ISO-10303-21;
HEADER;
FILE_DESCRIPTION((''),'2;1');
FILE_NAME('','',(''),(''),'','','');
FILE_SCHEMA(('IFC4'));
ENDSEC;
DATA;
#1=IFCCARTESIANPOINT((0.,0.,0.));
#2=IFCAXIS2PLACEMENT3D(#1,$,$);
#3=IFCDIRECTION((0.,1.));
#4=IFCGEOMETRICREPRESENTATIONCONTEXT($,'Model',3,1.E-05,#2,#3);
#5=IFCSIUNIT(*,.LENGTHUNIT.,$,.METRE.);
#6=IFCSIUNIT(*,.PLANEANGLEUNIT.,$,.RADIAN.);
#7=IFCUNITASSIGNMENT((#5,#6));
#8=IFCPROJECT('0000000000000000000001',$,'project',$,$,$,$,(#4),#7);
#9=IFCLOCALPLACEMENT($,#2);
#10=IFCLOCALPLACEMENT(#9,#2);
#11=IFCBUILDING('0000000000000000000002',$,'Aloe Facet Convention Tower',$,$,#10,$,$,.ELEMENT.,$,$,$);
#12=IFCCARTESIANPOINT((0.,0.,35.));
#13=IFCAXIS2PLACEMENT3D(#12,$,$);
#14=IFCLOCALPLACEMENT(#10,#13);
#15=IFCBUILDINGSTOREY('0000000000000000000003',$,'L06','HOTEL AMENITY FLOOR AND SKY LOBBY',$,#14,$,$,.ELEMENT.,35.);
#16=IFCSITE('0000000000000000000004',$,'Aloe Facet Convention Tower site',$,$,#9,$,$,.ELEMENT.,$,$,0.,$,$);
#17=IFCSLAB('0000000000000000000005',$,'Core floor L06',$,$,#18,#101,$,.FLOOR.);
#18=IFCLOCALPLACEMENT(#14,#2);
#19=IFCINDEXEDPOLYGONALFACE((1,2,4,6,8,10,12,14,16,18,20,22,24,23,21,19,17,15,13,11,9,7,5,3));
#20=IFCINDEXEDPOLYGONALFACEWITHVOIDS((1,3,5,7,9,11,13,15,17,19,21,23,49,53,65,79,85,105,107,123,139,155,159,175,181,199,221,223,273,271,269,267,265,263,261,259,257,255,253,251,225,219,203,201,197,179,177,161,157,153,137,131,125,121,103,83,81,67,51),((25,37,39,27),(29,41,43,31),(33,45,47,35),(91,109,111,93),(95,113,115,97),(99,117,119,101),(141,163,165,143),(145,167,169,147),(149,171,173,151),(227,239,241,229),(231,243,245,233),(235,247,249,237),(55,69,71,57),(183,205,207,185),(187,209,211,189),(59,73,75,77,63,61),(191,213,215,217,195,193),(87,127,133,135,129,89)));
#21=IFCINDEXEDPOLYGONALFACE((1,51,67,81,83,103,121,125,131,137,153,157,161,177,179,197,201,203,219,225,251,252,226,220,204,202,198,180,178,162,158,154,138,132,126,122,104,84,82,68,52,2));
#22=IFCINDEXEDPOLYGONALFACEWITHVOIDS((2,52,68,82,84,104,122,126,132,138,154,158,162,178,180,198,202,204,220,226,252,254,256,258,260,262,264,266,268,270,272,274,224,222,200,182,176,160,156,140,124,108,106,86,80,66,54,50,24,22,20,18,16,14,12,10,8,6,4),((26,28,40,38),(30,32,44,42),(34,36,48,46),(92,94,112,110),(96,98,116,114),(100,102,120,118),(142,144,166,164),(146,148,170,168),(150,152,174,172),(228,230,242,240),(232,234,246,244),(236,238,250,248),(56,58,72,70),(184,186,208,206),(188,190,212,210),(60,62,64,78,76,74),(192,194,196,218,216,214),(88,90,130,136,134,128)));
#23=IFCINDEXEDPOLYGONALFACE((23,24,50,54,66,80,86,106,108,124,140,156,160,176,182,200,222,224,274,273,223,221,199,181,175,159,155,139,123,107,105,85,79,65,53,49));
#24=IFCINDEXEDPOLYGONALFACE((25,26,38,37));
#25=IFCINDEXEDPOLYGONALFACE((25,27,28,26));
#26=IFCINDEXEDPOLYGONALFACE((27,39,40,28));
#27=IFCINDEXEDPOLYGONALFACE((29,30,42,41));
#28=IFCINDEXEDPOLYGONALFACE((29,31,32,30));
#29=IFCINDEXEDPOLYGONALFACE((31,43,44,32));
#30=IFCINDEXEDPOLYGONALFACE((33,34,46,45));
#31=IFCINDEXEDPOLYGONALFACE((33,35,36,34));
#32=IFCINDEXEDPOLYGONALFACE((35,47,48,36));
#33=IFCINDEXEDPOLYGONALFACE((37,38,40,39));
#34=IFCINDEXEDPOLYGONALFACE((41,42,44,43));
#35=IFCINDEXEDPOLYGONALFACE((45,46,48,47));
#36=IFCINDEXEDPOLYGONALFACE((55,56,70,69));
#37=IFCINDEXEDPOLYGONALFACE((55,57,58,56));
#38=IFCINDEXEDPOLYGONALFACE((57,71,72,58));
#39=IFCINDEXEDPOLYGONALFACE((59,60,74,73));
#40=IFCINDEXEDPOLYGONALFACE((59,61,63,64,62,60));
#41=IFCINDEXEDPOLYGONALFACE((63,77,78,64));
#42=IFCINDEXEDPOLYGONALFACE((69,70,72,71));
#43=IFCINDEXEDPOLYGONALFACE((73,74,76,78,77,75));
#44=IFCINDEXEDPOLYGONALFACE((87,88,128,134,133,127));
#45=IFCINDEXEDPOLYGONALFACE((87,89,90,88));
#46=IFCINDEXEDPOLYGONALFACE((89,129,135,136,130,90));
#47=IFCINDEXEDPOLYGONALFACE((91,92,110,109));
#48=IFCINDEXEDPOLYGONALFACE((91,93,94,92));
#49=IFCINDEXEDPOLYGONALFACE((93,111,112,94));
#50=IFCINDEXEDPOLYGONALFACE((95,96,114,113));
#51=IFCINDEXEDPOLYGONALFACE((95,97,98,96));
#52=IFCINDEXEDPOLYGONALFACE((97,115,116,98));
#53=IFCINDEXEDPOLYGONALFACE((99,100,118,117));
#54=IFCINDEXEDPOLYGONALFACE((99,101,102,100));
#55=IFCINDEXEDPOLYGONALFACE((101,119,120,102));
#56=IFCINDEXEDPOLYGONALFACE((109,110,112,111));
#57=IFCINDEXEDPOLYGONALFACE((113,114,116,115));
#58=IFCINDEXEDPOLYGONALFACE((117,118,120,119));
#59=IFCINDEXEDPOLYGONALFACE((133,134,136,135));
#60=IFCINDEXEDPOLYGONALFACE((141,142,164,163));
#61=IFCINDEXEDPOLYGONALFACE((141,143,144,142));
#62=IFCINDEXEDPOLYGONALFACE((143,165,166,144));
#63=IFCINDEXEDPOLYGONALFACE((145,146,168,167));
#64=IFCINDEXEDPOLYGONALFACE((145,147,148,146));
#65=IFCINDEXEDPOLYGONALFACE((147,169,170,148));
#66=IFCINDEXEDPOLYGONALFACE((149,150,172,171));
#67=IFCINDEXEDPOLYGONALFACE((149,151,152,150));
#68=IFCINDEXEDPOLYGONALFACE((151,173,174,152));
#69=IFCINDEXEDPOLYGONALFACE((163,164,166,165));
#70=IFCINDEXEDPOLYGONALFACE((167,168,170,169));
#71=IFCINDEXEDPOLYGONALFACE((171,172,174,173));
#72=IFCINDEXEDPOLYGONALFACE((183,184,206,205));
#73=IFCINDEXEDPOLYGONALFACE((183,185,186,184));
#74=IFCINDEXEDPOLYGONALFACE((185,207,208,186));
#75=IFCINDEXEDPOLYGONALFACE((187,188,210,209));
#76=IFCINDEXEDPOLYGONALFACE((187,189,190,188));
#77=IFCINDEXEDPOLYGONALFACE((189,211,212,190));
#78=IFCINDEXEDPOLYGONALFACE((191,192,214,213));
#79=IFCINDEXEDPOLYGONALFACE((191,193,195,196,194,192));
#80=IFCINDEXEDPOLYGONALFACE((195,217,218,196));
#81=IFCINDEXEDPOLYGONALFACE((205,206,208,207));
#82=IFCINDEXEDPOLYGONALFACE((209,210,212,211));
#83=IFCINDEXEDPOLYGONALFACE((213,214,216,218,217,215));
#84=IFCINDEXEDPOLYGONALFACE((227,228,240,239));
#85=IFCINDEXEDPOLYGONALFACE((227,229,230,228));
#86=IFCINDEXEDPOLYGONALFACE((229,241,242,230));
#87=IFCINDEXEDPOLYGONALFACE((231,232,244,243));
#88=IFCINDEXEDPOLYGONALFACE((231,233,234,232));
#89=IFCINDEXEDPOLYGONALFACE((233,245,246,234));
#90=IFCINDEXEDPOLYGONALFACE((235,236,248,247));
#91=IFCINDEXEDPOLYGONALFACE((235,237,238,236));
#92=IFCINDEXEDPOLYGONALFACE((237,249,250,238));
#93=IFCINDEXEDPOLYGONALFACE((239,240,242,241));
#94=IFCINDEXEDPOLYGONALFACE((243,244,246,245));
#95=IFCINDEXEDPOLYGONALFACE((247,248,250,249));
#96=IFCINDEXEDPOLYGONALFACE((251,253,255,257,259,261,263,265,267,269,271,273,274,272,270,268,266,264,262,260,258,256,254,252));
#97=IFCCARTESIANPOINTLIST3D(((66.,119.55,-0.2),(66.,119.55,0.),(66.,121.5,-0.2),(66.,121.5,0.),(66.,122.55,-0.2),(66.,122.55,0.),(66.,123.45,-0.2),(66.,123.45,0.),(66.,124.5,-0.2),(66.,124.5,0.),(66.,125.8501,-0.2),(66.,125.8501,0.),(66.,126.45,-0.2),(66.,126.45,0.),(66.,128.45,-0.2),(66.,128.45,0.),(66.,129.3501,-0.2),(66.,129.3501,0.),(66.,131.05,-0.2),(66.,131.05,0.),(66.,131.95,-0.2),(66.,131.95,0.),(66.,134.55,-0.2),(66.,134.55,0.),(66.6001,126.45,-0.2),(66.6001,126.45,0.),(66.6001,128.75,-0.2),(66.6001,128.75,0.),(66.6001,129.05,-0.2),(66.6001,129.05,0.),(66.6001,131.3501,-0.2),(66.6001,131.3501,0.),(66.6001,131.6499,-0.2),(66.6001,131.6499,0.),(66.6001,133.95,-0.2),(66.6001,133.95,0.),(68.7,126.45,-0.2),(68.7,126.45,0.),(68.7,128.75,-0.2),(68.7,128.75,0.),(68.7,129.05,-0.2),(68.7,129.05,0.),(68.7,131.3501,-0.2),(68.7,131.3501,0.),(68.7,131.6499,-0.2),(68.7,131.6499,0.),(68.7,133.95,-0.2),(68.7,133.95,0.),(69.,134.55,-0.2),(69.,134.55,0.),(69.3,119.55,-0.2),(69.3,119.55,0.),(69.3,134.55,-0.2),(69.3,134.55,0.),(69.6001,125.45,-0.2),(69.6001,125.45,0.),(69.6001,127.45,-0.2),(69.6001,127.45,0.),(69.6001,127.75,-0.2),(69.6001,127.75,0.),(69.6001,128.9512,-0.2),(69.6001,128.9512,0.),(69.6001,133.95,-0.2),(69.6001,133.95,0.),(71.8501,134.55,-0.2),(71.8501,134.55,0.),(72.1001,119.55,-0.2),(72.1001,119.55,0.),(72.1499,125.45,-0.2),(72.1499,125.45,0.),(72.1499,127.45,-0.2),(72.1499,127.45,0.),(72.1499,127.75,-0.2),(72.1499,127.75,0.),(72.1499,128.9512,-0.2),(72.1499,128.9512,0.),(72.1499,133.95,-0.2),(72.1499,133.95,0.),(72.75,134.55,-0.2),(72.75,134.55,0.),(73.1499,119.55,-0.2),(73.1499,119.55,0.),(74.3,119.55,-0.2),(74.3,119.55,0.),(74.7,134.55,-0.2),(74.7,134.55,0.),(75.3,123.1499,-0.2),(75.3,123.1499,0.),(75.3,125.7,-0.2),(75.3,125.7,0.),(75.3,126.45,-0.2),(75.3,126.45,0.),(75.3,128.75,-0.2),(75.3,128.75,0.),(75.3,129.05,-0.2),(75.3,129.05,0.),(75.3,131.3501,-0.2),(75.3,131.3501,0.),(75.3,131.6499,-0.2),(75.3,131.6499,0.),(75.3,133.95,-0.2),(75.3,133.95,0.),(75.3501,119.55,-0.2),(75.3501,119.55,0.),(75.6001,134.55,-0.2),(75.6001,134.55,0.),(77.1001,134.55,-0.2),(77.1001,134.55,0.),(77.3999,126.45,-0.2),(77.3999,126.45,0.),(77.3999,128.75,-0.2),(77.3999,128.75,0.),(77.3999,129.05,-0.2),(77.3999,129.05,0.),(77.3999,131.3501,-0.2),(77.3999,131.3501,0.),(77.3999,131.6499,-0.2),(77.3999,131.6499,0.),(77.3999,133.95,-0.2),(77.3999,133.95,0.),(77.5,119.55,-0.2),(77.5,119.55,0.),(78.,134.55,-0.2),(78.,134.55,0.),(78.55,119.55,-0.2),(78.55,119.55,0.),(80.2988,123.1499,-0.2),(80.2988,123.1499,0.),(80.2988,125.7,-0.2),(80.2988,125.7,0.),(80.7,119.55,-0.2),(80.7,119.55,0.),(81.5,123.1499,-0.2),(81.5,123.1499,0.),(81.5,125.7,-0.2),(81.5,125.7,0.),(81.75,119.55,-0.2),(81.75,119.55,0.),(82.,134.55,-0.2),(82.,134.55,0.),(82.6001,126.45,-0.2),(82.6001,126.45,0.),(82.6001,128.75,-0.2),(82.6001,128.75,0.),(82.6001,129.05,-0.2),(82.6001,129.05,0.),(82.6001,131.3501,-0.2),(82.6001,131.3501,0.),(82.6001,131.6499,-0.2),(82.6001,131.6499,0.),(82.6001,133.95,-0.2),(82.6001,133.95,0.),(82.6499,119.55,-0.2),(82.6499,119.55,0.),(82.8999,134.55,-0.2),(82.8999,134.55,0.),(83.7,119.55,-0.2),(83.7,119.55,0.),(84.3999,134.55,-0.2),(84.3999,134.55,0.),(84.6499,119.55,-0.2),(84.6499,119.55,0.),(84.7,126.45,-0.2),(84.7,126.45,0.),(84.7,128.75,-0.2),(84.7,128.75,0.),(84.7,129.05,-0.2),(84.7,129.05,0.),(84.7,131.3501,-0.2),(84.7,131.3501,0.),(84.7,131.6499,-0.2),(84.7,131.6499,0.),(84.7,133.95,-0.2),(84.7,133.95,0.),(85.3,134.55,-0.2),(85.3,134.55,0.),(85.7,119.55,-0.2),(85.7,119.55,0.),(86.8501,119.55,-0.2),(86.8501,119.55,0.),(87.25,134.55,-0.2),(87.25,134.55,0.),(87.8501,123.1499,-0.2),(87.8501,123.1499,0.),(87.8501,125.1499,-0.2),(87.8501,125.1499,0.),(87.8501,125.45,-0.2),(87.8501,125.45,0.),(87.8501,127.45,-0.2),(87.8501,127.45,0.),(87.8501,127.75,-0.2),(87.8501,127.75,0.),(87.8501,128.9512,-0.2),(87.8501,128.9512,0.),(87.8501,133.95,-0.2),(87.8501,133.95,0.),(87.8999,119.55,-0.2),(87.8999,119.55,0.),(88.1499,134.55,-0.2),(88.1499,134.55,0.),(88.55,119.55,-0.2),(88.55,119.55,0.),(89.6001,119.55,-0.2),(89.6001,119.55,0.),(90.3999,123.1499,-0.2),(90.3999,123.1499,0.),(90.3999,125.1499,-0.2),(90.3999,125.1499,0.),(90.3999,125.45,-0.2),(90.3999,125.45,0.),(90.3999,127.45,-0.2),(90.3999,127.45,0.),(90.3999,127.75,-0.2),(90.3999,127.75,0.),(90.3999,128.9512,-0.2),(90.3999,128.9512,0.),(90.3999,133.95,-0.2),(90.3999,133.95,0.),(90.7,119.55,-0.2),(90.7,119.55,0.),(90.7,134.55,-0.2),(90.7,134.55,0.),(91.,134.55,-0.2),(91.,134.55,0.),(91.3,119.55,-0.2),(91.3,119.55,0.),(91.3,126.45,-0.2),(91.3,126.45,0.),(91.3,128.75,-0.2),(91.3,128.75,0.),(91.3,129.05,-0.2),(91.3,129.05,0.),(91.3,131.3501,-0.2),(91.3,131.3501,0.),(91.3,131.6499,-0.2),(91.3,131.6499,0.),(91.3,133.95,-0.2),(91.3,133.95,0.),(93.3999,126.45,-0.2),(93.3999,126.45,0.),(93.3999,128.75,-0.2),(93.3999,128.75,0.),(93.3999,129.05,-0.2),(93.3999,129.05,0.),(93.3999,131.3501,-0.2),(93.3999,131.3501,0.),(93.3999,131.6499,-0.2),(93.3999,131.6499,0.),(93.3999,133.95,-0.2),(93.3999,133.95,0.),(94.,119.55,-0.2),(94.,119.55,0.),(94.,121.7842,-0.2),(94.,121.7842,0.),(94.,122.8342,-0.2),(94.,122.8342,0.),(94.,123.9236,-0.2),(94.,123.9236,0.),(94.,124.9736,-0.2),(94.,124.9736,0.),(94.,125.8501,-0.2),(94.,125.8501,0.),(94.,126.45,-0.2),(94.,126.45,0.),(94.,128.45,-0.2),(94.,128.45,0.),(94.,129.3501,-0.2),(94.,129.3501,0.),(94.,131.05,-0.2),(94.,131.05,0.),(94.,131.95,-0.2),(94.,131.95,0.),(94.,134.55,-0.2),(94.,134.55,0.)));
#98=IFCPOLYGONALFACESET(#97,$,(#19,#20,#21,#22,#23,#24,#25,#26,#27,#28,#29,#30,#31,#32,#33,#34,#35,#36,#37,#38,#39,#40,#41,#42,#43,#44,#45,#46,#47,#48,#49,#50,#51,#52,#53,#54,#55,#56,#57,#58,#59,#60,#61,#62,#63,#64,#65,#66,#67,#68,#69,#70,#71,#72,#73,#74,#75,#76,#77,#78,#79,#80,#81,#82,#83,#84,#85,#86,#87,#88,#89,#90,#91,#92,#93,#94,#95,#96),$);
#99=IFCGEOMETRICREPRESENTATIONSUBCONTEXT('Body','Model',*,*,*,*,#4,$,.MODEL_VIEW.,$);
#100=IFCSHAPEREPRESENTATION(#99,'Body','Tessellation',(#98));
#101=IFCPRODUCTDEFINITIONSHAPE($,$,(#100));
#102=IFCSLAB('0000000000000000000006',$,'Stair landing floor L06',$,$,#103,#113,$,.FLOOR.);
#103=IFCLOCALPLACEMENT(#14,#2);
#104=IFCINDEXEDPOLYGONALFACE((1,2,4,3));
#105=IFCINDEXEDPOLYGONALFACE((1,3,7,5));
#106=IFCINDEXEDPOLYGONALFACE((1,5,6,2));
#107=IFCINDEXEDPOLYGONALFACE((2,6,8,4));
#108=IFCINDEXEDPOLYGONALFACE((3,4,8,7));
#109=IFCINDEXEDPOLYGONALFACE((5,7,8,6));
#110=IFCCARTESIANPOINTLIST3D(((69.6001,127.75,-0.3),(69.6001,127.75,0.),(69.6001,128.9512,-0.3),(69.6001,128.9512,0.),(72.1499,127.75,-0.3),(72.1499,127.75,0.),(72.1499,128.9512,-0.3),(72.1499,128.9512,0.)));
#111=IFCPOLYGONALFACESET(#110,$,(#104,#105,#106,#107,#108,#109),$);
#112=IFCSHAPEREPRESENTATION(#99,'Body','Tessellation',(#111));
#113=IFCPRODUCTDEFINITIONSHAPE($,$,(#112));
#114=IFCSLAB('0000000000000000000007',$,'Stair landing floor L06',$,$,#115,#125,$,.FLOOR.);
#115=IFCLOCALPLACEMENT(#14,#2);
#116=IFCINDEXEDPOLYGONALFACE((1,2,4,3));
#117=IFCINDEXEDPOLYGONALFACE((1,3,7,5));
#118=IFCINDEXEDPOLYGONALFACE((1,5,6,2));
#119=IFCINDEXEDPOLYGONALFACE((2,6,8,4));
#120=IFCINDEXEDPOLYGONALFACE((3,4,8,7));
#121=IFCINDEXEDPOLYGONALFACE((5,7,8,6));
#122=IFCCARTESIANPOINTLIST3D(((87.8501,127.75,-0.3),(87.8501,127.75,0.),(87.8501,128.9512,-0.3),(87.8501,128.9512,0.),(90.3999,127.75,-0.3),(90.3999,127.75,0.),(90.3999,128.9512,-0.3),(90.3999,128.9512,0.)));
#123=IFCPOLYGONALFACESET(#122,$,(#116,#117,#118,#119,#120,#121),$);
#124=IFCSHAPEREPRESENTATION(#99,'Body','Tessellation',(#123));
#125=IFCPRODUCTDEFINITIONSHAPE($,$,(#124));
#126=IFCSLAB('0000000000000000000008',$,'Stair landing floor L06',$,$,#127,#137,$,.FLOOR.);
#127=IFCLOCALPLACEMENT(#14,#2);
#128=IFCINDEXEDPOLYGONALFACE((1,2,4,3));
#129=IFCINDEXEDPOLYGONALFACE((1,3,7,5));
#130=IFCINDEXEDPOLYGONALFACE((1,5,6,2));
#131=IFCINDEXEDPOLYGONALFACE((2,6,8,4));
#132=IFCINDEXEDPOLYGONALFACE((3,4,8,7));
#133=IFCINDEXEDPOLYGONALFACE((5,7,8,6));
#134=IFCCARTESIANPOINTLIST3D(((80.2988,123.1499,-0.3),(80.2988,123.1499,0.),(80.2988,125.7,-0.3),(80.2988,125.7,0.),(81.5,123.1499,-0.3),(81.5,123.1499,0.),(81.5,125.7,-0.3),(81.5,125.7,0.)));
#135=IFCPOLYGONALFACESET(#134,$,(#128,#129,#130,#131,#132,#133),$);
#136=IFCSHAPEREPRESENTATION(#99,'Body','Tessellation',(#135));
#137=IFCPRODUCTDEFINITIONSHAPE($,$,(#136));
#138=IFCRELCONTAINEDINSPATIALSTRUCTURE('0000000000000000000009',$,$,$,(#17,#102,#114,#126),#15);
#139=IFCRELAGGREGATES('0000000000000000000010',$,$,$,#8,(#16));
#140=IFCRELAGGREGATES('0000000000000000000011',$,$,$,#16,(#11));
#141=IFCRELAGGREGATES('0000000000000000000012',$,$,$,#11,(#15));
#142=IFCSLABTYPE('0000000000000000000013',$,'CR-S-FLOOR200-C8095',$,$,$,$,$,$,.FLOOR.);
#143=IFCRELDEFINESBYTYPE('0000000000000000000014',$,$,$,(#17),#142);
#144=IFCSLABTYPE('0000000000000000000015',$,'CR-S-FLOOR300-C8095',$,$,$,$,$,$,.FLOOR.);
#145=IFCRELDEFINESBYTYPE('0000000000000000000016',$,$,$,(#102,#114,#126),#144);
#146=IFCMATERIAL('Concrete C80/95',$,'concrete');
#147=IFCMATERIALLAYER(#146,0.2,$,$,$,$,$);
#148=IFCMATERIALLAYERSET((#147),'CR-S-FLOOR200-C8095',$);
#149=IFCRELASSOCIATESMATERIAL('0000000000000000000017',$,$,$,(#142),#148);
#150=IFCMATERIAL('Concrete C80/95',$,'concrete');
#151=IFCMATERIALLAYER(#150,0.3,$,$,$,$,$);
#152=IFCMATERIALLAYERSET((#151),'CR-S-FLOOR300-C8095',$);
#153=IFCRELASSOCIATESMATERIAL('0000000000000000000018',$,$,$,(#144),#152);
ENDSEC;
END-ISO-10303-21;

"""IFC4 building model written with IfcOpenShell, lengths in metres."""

from ifc_helpers import new_model, si_unit, direction, frame, origin, place, context, subcontext, project, spatial, polyline, outline, extrude, material, layer, layer_set, type_object, element, save


model = new_model("IFC4")

# Units and contexts
model_context = context("Model", 3, precision=1e-05, world=origin(), true_north=direction((0.0, 1.0)))
body_context = subcontext(model_context, "Body", "Model", "MODEL_VIEW")
ifc_project = project(units=[si_unit("LENGTHUNIT", "METRE"), si_unit("PLANEANGLEUNIT", "RADIAN")], contexts=[model_context])

# Site, building, storey
site_placement = place(None, origin())
site = spatial("IfcSite", under=ifc_project, at=site_placement, Name="Aloe Facet Convention Tower site", CompositionType="ELEMENT", RefElevation=0.0)
building_placement = place(site_placement, origin())
building = spatial("IfcBuilding", under=site, at=building_placement, Name="Aloe Facet Convention Tower", CompositionType="ELEMENT")
storey_placement = place(building_placement, frame((0.0, 0.0, 35.0)))
storey = spatial("IfcBuildingStorey", under=building, at=storey_placement, Name="L06", Description="HOTEL AMENITY FLOOR AND SKY LOBBY", CompositionType="ELEMENT", Elevation=35.0)

# Slabs
ifc_material_1 = material(Name="Concrete C80/95", Category="concrete")
ifc_layer_1 = layer(ifc_material_1, 0.2)
ifc_layer_set_1 = layer_set([ifc_layer_1], Name="CR-S-FLOOR200-C8095")
slab_type_1 = type_object("IfcSlabType", Name="CR-S-FLOOR200-C8095", PredefinedType="FLOOR", material=ifc_layer_set_1)
slab_1_placement = place(storey_placement, frame((0.0, 0.0, -0.2)))
element("IfcSlab", 1, at=slab_1_placement, inside=storey, type_object=slab_type_1, Name="Core floor L06", PredefinedType="FLOOR", context=body_context, shape_type="SweptSolid", body=[
    extrude(outline(polyline([(69.3, 134.55), (71.8501, 134.55), (72.75, 134.55), (74.7, 134.55), (75.6001, 134.55), (77.1001, 134.55), (78.0, 134.55), (82.0, 134.55), (82.8999, 134.55), (84.3999, 134.55), (85.3, 134.55), (87.25, 134.55), (88.1499, 134.55), (90.7, 134.55), (91.0, 134.55), (94.0, 134.55), (94.0, 131.95), (94.0, 131.05), (94.0, 129.3501), (94.0, 128.45), (94.0, 126.45), (94.0, 125.8501), (94.0, 124.9736), (94.0, 123.9236), (94.0, 122.8342), (94.0, 121.7842), (94.0, 119.55), (91.3, 119.55), (90.7, 119.55), (89.6001, 119.55), (88.55, 119.55), (87.8999, 119.55), (86.8501, 119.55), (85.7, 119.55), (84.6499, 119.55), (83.7, 119.55), (82.6499, 119.55), (81.75, 119.55), (80.7, 119.55), (78.55, 119.55), (77.5, 119.55), (75.3501, 119.55), (74.3, 119.55), (73.1499, 119.55), (72.1001, 119.55), (69.3, 119.55), (66.0, 119.55), (66.0, 121.5), (66.0, 122.55), (66.0, 123.45), (66.0, 124.5), (66.0, 125.8501), (66.0, 126.45), (66.0, 128.45), (66.0, 129.3501), (66.0, 131.05), (66.0, 131.95), (66.0, 134.55), (69.0, 134.55), (69.3, 134.55)]), holes=[polyline([(75.3, 123.1499), (80.2988, 123.1499), (81.5, 123.1499), (81.5, 125.7), (80.2988, 125.7), (75.3, 125.7), (75.3, 123.1499)]), polyline([(69.6001, 125.45), (72.1499, 125.45), (72.1499, 127.45), (69.6001, 127.45), (69.6001, 125.45)]), polyline([(66.6001, 126.45), (68.7, 126.45), (68.7, 128.75), (66.6001, 128.75), (66.6001, 126.45)]), polyline([(75.3, 126.45), (77.3999, 126.45), (77.3999, 128.75), (75.3, 128.75), (75.3, 126.45)]), polyline([(66.6001, 129.05), (68.7, 129.05), (68.7, 131.3501), (66.6001, 131.3501), (66.6001, 129.05)]), polyline([(75.3, 129.05), (77.3999, 129.05), (77.3999, 131.3501), (75.3, 131.3501), (75.3, 129.05)]), polyline([(69.6001, 133.95), (69.6001, 128.9512), (69.6001, 127.75), (72.1499, 127.75), (72.1499, 128.9512), (72.1499, 133.95), (69.6001, 133.95)]), polyline([(66.6001, 133.95), (66.6001, 131.6499), (68.7, 131.6499), (68.7, 133.95), (66.6001, 133.95)]), polyline([(75.3, 133.95), (75.3, 131.6499), (77.3999, 131.6499), (77.3999, 133.95), (75.3, 133.95)]), polyline([(87.8501, 123.1499), (90.3999, 123.1499), (90.3999, 125.1499), (87.8501, 125.1499), (87.8501, 123.1499)]), polyline([(87.8501, 125.45), (90.3999, 125.45), (90.3999, 127.45), (87.8501, 127.45), (87.8501, 125.45)]), polyline([(82.6001, 126.45), (84.7, 126.45), (84.7, 128.75), (82.6001, 128.75), (82.6001, 126.45)]), polyline([(91.3, 126.45), (93.3999, 126.45), (93.3999, 128.75), (91.3, 128.75), (91.3, 126.45)]), polyline([(82.6001, 129.05), (84.7, 129.05), (84.7, 131.3501), (82.6001, 131.3501), (82.6001, 129.05)]), polyline([(91.3, 129.05), (93.3999, 129.05), (93.3999, 131.3501), (91.3, 131.3501), (91.3, 129.05)]), polyline([(87.8501, 133.95), (87.8501, 128.9512), (87.8501, 127.75), (90.3999, 127.75), (90.3999, 128.9512), (90.3999, 133.95), (87.8501, 133.95)]), polyline([(82.6001, 133.95), (82.6001, 131.6499), (84.7, 131.6499), (84.7, 133.95), (82.6001, 133.95)]), polyline([(91.3, 133.95), (91.3, 131.6499), (93.3999, 131.6499), (93.3999, 133.95), (91.3, 133.95)])]), origin(), (0.0, 0.0, 1.0), 0.2),
])
ifc_material_2 = material(Name="Concrete C80/95", Category="concrete")
ifc_layer_2 = layer(ifc_material_2, 0.3)
ifc_layer_set_2 = layer_set([ifc_layer_2], Name="CR-S-FLOOR300-C8095")
slab_type_2 = type_object("IfcSlabType", Name="CR-S-FLOOR300-C8095", PredefinedType="FLOOR", material=ifc_layer_set_2)
slab_2_placement = place(storey_placement, frame((0.0, 0.0, -0.3)))
element("IfcSlab", 2, at=slab_2_placement, inside=storey, type_object=slab_type_2, Name="Stair landing floor L06", PredefinedType="FLOOR", context=body_context, shape_type="SweptSolid", body=[
    extrude(outline(polyline([(72.1499, 127.75), (72.1499, 128.9512), (69.6001, 128.9512), (69.6001, 127.75), (72.1499, 127.75)])), origin(), (0.0, 0.0, 1.0), 0.3),
])
slab_3_placement = place(storey_placement, frame((0.0, 0.0, -0.3)))
element("IfcSlab", 3, at=slab_3_placement, inside=storey, type_object=slab_type_2, Name="Stair landing floor L06", PredefinedType="FLOOR", context=body_context, shape_type="SweptSolid", body=[
    extrude(outline(polyline([(90.3999, 127.75), (90.3999, 128.9512), (87.8501, 128.9512), (87.8501, 127.75), (90.3999, 127.75)])), origin(), (0.0, 0.0, 1.0), 0.3),
])
slab_4_placement = place(storey_placement, frame((0.0, 0.0, -0.3)))
element("IfcSlab", 4, at=slab_4_placement, inside=storey, type_object=slab_type_2, Name="Stair landing floor L06", PredefinedType="FLOOR", context=body_context, shape_type="SweptSolid", body=[
    extrude(outline(polyline([(81.5, 125.7), (80.2988, 125.7), (80.2988, 123.1499), (81.5, 123.1499), (81.5, 125.7)])), origin(), (0.0, 0.0, 1.0), 0.3),
])

save(model, "model.ifc")
